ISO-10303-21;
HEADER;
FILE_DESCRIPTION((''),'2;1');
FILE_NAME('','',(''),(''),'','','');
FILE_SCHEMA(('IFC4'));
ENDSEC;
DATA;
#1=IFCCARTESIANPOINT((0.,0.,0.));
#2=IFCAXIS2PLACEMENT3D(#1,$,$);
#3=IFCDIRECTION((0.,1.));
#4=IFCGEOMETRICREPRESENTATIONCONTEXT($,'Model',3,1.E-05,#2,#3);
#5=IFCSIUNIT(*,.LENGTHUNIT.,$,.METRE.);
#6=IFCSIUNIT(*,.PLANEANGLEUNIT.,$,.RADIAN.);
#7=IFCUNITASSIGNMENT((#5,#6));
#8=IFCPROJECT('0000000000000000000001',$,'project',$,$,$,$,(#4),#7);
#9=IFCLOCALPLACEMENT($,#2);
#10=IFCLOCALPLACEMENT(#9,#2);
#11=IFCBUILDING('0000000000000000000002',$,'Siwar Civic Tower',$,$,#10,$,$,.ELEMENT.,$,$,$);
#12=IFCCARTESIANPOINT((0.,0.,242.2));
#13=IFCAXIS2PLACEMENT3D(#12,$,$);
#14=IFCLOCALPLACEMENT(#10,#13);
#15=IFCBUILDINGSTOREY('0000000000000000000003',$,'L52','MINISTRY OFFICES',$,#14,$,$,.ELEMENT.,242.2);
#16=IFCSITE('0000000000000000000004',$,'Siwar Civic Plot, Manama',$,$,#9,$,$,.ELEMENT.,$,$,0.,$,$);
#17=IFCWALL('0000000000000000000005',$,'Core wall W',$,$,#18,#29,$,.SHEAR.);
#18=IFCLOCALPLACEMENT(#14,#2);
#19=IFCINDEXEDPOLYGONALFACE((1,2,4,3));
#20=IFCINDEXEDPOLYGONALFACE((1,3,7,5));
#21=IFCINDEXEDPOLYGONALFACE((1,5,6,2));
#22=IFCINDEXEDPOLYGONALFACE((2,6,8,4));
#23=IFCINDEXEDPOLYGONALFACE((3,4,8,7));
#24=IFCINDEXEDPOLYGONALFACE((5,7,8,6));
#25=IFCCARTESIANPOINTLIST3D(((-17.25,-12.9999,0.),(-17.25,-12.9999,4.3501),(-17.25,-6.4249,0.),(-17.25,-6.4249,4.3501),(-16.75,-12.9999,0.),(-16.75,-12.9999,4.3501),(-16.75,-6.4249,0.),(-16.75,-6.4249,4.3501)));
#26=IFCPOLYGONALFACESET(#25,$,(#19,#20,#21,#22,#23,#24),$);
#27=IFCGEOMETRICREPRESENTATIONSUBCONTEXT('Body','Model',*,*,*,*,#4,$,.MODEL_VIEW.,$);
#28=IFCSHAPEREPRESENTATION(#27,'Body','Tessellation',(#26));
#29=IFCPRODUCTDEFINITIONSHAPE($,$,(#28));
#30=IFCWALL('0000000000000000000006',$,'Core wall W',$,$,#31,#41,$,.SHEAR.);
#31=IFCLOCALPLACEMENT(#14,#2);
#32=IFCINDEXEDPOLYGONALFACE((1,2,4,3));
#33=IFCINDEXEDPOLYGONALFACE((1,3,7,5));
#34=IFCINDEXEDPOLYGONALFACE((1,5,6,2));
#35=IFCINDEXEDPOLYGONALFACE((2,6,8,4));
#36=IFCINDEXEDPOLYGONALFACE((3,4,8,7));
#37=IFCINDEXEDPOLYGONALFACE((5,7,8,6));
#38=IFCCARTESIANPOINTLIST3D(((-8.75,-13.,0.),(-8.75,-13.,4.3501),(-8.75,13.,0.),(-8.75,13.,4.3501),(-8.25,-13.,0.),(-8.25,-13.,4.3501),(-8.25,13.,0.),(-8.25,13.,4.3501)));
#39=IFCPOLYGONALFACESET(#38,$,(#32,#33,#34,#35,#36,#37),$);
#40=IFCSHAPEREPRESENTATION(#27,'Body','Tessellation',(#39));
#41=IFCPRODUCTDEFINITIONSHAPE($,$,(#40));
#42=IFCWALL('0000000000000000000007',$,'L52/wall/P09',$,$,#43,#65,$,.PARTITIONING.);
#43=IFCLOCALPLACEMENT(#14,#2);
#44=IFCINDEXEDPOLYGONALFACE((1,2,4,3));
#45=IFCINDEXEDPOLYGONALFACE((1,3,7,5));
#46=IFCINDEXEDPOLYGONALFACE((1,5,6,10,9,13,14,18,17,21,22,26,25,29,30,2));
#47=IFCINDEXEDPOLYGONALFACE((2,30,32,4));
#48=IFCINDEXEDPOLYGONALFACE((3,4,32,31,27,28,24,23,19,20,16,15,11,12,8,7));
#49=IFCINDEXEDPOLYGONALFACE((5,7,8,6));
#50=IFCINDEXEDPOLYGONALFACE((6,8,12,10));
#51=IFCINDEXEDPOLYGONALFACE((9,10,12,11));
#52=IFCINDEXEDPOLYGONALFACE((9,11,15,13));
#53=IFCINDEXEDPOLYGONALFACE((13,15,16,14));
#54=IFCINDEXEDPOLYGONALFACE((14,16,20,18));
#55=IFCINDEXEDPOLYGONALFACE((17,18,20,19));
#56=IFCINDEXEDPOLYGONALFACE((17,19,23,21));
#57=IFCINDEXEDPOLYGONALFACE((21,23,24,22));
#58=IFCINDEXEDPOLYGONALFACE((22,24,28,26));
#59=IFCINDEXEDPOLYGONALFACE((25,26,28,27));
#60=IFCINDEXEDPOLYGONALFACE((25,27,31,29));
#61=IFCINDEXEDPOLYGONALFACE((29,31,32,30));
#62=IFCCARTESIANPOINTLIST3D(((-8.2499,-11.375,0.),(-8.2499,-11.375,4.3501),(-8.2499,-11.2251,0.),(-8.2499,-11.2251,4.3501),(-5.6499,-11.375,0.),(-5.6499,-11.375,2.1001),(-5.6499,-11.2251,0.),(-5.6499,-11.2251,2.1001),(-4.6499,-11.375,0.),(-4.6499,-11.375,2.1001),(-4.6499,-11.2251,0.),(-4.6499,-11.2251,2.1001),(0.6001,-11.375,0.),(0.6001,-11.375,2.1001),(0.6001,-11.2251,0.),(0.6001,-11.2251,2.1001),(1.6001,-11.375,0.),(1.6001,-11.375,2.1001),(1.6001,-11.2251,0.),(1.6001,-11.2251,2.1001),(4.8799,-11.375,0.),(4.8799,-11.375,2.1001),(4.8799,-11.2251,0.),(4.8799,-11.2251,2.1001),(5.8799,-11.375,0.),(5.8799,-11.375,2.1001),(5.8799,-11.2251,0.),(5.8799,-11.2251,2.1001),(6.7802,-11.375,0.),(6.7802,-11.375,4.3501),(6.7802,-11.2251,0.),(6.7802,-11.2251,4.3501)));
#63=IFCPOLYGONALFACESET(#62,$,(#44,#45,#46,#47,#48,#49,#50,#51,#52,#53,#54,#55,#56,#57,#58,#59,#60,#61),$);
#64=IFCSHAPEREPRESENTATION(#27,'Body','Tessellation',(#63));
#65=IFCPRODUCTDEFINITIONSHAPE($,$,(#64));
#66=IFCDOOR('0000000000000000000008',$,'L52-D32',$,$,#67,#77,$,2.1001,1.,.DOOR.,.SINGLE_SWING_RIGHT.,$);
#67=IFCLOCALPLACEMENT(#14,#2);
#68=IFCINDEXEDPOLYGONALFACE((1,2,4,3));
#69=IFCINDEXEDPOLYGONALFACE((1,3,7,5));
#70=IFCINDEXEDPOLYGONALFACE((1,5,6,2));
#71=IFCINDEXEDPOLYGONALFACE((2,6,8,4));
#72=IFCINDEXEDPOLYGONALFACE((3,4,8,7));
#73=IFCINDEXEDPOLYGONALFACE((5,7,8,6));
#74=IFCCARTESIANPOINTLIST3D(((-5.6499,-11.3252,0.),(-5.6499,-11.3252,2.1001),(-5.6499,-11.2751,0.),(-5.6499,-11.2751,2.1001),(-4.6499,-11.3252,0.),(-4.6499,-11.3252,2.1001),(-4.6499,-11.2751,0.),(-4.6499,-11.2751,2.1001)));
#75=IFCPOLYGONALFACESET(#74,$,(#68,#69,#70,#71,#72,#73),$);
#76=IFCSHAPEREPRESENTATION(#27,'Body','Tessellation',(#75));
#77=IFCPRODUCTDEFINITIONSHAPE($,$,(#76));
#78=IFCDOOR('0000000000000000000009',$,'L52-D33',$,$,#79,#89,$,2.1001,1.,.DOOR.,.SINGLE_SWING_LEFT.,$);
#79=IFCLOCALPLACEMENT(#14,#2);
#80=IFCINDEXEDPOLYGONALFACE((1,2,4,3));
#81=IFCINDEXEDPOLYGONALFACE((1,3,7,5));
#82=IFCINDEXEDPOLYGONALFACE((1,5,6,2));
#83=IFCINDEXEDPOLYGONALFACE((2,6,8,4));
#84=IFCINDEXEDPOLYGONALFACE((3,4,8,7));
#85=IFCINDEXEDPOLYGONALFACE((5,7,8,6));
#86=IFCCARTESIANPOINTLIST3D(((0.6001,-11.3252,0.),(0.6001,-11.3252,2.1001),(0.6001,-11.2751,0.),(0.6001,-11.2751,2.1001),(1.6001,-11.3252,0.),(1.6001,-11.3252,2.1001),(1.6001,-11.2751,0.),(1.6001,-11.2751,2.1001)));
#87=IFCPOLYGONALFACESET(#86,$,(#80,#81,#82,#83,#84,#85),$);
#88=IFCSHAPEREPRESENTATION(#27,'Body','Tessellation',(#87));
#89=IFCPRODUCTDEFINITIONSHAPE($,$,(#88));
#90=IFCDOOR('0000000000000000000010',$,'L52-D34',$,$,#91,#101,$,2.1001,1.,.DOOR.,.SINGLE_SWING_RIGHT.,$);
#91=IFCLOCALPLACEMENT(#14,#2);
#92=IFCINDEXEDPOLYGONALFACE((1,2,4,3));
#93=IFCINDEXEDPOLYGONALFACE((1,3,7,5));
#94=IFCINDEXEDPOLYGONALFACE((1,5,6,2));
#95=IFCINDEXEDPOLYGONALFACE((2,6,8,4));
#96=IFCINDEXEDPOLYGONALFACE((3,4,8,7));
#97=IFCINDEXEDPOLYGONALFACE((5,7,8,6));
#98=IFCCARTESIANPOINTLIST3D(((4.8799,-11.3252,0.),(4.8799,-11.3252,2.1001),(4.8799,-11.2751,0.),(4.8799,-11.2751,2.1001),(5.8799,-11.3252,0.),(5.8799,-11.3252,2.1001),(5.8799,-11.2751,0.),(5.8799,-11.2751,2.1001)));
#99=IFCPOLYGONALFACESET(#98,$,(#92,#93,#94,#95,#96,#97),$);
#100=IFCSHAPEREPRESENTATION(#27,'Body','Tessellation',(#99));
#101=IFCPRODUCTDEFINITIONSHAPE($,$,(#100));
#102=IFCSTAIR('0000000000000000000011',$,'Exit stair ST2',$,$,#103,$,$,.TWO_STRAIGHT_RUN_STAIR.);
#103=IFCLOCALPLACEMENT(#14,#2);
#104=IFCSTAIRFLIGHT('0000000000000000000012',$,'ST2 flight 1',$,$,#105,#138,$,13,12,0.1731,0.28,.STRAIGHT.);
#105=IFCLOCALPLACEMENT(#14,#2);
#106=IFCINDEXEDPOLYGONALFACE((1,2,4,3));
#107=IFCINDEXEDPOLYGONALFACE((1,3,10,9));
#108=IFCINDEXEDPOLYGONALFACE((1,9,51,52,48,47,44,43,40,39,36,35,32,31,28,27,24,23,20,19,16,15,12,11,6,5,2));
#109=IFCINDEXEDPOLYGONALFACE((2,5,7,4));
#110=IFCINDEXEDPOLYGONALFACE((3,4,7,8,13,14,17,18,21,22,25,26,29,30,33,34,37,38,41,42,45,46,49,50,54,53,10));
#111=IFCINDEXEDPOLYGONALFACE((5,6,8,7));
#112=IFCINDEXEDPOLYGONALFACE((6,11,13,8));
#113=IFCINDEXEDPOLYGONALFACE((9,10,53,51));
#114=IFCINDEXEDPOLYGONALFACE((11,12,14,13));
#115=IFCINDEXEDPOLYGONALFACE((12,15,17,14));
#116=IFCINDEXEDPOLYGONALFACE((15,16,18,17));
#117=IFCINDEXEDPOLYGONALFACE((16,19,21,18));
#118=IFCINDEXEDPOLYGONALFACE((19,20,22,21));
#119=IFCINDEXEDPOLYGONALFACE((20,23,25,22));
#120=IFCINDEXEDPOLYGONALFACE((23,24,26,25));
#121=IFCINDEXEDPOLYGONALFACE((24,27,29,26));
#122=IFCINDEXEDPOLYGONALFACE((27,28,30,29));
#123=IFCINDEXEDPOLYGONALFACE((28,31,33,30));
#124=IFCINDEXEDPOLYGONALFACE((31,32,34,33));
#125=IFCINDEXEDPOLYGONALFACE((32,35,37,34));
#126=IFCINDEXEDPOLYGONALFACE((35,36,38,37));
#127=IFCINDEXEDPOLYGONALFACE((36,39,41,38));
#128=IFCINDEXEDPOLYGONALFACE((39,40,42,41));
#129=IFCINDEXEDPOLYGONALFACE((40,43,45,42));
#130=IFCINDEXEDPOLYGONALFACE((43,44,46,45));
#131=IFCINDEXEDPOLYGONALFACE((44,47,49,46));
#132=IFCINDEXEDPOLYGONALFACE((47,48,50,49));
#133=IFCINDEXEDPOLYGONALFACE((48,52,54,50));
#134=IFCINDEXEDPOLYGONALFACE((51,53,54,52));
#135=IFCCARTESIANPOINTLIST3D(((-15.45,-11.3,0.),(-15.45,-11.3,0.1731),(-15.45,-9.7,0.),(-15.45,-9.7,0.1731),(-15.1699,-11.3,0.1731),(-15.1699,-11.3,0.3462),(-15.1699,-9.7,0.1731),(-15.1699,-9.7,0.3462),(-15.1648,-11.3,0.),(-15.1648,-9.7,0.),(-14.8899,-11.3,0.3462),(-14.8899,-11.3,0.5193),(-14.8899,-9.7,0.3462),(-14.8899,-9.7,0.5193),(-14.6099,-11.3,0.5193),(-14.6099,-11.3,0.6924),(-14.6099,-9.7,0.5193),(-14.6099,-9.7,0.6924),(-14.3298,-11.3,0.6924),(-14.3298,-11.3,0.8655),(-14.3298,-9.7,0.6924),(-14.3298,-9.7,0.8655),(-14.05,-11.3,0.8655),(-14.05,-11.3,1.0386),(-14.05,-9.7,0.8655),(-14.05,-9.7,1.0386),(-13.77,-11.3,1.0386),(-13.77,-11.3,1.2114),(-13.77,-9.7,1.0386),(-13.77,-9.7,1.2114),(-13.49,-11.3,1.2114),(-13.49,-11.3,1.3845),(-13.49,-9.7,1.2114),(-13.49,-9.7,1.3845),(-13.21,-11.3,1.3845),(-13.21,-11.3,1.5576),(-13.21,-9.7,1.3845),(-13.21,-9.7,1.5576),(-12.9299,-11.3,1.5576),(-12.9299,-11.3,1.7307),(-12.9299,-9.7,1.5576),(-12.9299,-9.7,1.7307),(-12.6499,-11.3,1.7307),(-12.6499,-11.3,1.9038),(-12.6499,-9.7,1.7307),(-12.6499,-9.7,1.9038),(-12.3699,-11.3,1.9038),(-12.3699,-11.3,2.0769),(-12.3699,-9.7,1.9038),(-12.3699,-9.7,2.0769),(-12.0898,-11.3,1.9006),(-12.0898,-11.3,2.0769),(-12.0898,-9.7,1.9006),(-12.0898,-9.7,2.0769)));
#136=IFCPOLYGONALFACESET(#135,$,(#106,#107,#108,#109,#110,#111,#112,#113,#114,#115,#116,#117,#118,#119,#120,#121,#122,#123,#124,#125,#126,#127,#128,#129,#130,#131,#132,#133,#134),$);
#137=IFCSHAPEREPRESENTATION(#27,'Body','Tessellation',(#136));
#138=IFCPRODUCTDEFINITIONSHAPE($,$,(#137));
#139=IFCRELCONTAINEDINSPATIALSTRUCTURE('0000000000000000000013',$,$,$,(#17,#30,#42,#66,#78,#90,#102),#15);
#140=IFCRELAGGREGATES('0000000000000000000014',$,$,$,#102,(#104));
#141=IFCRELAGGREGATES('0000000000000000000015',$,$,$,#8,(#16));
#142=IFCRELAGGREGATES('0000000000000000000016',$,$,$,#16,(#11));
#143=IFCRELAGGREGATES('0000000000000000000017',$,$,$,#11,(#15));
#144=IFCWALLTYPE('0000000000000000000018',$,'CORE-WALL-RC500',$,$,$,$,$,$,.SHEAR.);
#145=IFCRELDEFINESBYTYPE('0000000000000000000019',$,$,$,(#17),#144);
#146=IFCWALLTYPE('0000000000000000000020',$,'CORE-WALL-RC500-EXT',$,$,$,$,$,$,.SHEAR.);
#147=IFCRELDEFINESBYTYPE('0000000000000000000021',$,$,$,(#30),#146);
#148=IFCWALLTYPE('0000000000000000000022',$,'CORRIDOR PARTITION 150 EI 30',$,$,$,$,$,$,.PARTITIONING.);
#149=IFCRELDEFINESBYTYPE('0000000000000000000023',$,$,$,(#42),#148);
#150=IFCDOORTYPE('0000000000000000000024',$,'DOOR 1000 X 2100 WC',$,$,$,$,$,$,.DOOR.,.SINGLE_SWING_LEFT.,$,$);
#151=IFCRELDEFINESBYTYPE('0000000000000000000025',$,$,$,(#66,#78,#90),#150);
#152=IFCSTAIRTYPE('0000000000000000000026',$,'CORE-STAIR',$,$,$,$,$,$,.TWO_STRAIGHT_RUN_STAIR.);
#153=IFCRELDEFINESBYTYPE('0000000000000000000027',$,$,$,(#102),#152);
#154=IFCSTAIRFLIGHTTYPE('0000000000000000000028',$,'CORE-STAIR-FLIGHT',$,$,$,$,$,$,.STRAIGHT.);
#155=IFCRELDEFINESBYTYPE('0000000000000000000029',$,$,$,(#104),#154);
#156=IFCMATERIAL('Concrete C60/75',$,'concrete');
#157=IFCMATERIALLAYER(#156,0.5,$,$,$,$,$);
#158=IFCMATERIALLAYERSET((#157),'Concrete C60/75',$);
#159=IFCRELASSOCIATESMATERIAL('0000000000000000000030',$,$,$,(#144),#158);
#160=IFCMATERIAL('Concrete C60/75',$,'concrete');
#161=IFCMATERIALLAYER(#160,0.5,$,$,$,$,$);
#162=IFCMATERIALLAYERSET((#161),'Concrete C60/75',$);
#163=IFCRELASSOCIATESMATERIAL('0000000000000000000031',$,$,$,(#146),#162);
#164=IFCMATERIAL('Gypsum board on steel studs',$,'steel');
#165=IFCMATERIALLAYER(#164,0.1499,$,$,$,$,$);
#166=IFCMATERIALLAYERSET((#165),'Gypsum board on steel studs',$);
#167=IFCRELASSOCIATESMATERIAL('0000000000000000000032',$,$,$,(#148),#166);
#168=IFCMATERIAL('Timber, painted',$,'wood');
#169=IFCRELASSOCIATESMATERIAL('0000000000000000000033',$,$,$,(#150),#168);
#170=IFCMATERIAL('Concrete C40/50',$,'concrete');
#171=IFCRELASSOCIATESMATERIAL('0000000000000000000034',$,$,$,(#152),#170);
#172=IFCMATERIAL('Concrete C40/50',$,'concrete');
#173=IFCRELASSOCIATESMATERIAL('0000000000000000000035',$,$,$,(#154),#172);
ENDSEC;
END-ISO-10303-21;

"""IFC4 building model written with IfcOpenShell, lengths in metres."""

from ifc_helpers import new_model, si_unit, direction, frame, frame_2d, origin, place, context, subcontext, project, spatial, polyline, rectangle, outline, extrude, material, layer, layer_set, type_object, element, fill, aggregate, save


model = new_model("IFC4")

# Units and contexts
model_context = context("Model", 3, precision=1e-05, world=origin(), true_north=direction((0.0, 1.0)))
body_context = subcontext(model_context, "Body", "Model", "MODEL_VIEW")
ifc_project = project(units=[si_unit("LENGTHUNIT", "METRE"), si_unit("PLANEANGLEUNIT", "RADIAN")], contexts=[model_context])

# Site, building, storey
site_placement = place(None, origin())
site = spatial("IfcSite", under=ifc_project, at=site_placement, Name="Siwar Civic Plot, Manama", CompositionType="ELEMENT", RefElevation=0.0)
building_placement = place(site_placement, origin())
building = spatial("IfcBuilding", under=site, at=building_placement, Name="Siwar Civic Tower", CompositionType="ELEMENT")
storey_placement = place(building_placement, frame((0.0, 0.0, 242.2)))
storey = spatial("IfcBuildingStorey", under=building, at=storey_placement, Name="L52", Description="MINISTRY OFFICES", CompositionType="ELEMENT", Elevation=242.2)

# Walls
ifc_material_1 = material(Name="Concrete C60/75", Category="concrete")
ifc_layer_1 = layer(ifc_material_1, 0.5)
ifc_layer_set_1 = layer_set([ifc_layer_1], Name="Concrete C60/75")
wall_type_1 = type_object("IfcWallType", Name="CORE-WALL-RC500", PredefinedType="SHEAR", material=ifc_layer_set_1)
wall_1_placement = place(storey_placement, frame((-17.0, -13.0, 0.0), z_axis=(0.0, 0.0, 1.0), x_axis=(0.0, 1.0, 0.0)))
element("IfcWall", 1, at=wall_1_placement, inside=storey, type_object=wall_type_1, Name="Core wall W", PredefinedType="SHEAR", context=body_context, shape_type="SweptSolid", body=[
    extrude(rectangle(XDim=6.575, YDim=0.5, at=frame_2d((3.2876, 0.0))), origin(), (0.0, 0.0, 1.0), 4.3501),
])
ifc_material_2 = material(Name="Concrete C60/75", Category="concrete")
ifc_layer_2 = layer(ifc_material_2, 0.5)
ifc_layer_set_2 = layer_set([ifc_layer_2], Name="Concrete C60/75")
wall_type_2 = type_object("IfcWallType", Name="CORE-WALL-RC500-EXT", PredefinedType="SHEAR", material=ifc_layer_set_2)
wall_2_placement = place(storey_placement, frame((-8.5, -13.0, 0.0), z_axis=(0.0, 0.0, 1.0), x_axis=(0.0, 1.0, 0.0)))
element("IfcWall", 2, at=wall_2_placement, inside=storey, type_object=wall_type_2, Name="Core wall W", PredefinedType="SHEAR", context=body_context, shape_type="SweptSolid", body=[
    extrude(rectangle(XDim=26.0, YDim=0.5, at=frame_2d((13.0, 0.0))), origin(), (0.0, 0.0, 1.0), 4.3501),
])

# Wall, openings, doors
ifc_material_3 = material(Name="Gypsum board on steel studs", Category="steel")
ifc_layer_3 = layer(ifc_material_3, 0.1499)
ifc_layer_set_3 = layer_set([ifc_layer_3], Name="Gypsum board on steel studs")
wall_type_3 = type_object("IfcWallType", Name="CORRIDOR PARTITION 150 EI 30", PredefinedType="PARTITIONING", material=ifc_layer_set_3)
wall_3_placement = place(storey_placement, frame((-8.25, -11.3, 0.0), z_axis=(0.0, 0.0, 1.0), x_axis=(1.0, 0.0, 0.0)))
wall_3 = element("IfcWall", 3, at=wall_3_placement, inside=storey, type_object=wall_type_3, Name="L52/wall/P09", PredefinedType="PARTITIONING", context=body_context, shape_type="SweptSolid", body=[
    extrude(rectangle(XDim=15.03, YDim=0.1499, at=frame_2d((7.5151, 0.0))), origin(), (0.0, 0.0, 1.0), 4.3501),
])
opening_1_placement = place(wall_3_placement, frame((2.6001, 0.0, 0.0)))
opening_1 = element("IfcOpeningElement", 4, at=opening_1_placement, cuts=wall_3, PredefinedType="OPENING", context=body_context, shape_type="SweptSolid", body=[
    extrude(rectangle(XDim=1.0, YDim=2.1001, at=frame_2d((0.5, 1.05))), frame((0.0, 0.085, 0.0), z_axis=(0.0, -1.0, 0.0), x_axis=(1.0, 0.0, 0.0)), (0.0, 0.0, 1.0), 0.1699),
])
opening_2_placement = place(wall_3_placement, frame((8.8501, 0.0, 0.0)))
opening_2 = element("IfcOpeningElement", 5, at=opening_2_placement, cuts=wall_3, PredefinedType="OPENING", context=body_context, shape_type="SweptSolid", body=[
    extrude(rectangle(XDim=1.0, YDim=2.1001, at=frame_2d((0.5, 1.05))), frame((0.0, 0.085, 0.0), z_axis=(0.0, -1.0, 0.0), x_axis=(1.0, 0.0, 0.0)), (0.0, 0.0, 1.0), 0.1699),
])
opening_3_placement = place(wall_3_placement, frame((13.1299, 0.0, 0.0)))
opening_3 = element("IfcOpeningElement", 6, at=opening_3_placement, cuts=wall_3, PredefinedType="OPENING", context=body_context, shape_type="SweptSolid", body=[
    extrude(rectangle(XDim=1.0, YDim=2.1001, at=frame_2d((0.5, 1.05))), frame((0.0, 0.085, 0.0), z_axis=(0.0, -1.0, 0.0), x_axis=(1.0, 0.0, 0.0)), (0.0, 0.0, 1.0), 0.1699),
])
ifc_material_4 = material(Name="Timber, painted", Category="wood")
door_type_1 = type_object("IfcDoorType", Name="DOOR 1000 X 2100 WC", OperationType="SINGLE_SWING_LEFT", PredefinedType="DOOR", material=ifc_material_4)
door_1_placement = place(opening_1_placement, origin())
door_1 = element("IfcDoor", 7, at=door_1_placement, inside=storey, type_object=door_type_1, Name="L52-D32", OperationType="SINGLE_SWING_RIGHT", OverallHeight=2.1001, OverallWidth=1.0, PredefinedType="DOOR", context=body_context, shape_type="SweptSolid", body=[
    extrude(rectangle(XDim=1.0, YDim=2.1001, at=frame_2d((0.5, 1.05))), frame((0.0, 0.0249, 0.0), z_axis=(0.0, -1.0, 0.0), x_axis=(1.0, 0.0, 0.0)), (0.0, 0.0, 1.0), 0.05),
])
fill(opening_1, door_1)
door_2_placement = place(opening_2_placement, origin())
door_2 = element("IfcDoor", 8, at=door_2_placement, inside=storey, type_object=door_type_1, Name="L52-D33", OperationType="SINGLE_SWING_LEFT", OverallHeight=2.1001, OverallWidth=1.0, PredefinedType="DOOR", context=body_context, shape_type="SweptSolid", body=[
    extrude(rectangle(XDim=1.0, YDim=2.1001, at=frame_2d((0.5, 1.05))), frame((0.0, 0.0249, 0.0), z_axis=(0.0, -1.0, 0.0), x_axis=(1.0, 0.0, 0.0)), (0.0, 0.0, 1.0), 0.05),
])
fill(opening_2, door_2)
door_3_placement = place(opening_3_placement, origin())
door_3 = element("IfcDoor", 9, at=door_3_placement, inside=storey, type_object=door_type_1, Name="L52-D34", OperationType="SINGLE_SWING_RIGHT", OverallHeight=2.1001, OverallWidth=1.0, PredefinedType="DOOR", context=body_context, shape_type="SweptSolid", body=[
    extrude(rectangle(XDim=1.0, YDim=2.1001, at=frame_2d((0.5, 1.05))), frame((0.0, 0.0249, 0.0), z_axis=(0.0, -1.0, 0.0), x_axis=(1.0, 0.0, 0.0)), (0.0, 0.0, 1.0), 0.05),
])
fill(opening_3, door_3)

# Stair, stair flight
ifc_material_5 = material(Name="Concrete C40/50", Category="concrete")
stair_type = type_object("IfcStairType", Name="CORE-STAIR", PredefinedType="TWO_STRAIGHT_RUN_STAIR", material=ifc_material_5)
stair_placement = place(storey_placement, origin())
stair = element("IfcStair", 10, at=stair_placement, inside=storey, type_object=stair_type, Name="Exit stair ST2", PredefinedType="TWO_STRAIGHT_RUN_STAIR")
ifc_material_6 = material(Name="Concrete C40/50", Category="concrete")
stair_flight_type = type_object("IfcStairFlightType", Name="CORE-STAIR-FLIGHT", PredefinedType="STRAIGHT", material=ifc_material_6)
stair_flight_1_placement = place(storey_placement, frame((-15.45, -10.5, 0.0), z_axis=(0.0, 0.0, 1.0), x_axis=(1.0, 0.0, 0.0)))
stair_flight_1 = element("IfcStairFlight", 11, at=stair_flight_1_placement, type_object=stair_flight_type, Name="ST2 flight 1", NumberOfRisers=13, NumberOfTreads=12, PredefinedType="STRAIGHT", RiserHeight=0.1731, TreadLength=0.28, context=body_context, shape_type="SweptSolid", body=[
    extrude(outline(polyline([(0.0, 0.0), (0.0, 0.1731), (0.28, 0.1731), (0.28, 0.3462), (0.5601, 0.3462), (0.5601, 0.5193), (0.8401, 0.5193), (0.8401, 0.6924), (1.1201, 0.6924), (1.1201, 0.8655), (1.3999, 0.8655), (1.3999, 1.0386), (1.6799, 1.0386), (1.6799, 1.2114), (1.96, 1.2114), (1.96, 1.3845), (2.24, 1.3845), (2.24, 1.5576), (2.52, 1.5576), (2.52, 1.7307), (2.8, 1.7307), (2.8, 1.9038), (3.0801, 1.9038), (3.0801, 2.0769), (3.3601, 2.0769), (3.3601, 2.25), (3.3601, 1.9006), (0.2852, 0.0), (0.0, 0.0)])), frame((0.0, 0.8, 0.0), z_axis=(0.0, -1.0, 0.0), x_axis=(1.0, 0.0, 0.0)), (0.0, 0.0, 1.0), 1.6001),
])
aggregate(stair, [stair_flight_1])

save(model, "model.ifc")
